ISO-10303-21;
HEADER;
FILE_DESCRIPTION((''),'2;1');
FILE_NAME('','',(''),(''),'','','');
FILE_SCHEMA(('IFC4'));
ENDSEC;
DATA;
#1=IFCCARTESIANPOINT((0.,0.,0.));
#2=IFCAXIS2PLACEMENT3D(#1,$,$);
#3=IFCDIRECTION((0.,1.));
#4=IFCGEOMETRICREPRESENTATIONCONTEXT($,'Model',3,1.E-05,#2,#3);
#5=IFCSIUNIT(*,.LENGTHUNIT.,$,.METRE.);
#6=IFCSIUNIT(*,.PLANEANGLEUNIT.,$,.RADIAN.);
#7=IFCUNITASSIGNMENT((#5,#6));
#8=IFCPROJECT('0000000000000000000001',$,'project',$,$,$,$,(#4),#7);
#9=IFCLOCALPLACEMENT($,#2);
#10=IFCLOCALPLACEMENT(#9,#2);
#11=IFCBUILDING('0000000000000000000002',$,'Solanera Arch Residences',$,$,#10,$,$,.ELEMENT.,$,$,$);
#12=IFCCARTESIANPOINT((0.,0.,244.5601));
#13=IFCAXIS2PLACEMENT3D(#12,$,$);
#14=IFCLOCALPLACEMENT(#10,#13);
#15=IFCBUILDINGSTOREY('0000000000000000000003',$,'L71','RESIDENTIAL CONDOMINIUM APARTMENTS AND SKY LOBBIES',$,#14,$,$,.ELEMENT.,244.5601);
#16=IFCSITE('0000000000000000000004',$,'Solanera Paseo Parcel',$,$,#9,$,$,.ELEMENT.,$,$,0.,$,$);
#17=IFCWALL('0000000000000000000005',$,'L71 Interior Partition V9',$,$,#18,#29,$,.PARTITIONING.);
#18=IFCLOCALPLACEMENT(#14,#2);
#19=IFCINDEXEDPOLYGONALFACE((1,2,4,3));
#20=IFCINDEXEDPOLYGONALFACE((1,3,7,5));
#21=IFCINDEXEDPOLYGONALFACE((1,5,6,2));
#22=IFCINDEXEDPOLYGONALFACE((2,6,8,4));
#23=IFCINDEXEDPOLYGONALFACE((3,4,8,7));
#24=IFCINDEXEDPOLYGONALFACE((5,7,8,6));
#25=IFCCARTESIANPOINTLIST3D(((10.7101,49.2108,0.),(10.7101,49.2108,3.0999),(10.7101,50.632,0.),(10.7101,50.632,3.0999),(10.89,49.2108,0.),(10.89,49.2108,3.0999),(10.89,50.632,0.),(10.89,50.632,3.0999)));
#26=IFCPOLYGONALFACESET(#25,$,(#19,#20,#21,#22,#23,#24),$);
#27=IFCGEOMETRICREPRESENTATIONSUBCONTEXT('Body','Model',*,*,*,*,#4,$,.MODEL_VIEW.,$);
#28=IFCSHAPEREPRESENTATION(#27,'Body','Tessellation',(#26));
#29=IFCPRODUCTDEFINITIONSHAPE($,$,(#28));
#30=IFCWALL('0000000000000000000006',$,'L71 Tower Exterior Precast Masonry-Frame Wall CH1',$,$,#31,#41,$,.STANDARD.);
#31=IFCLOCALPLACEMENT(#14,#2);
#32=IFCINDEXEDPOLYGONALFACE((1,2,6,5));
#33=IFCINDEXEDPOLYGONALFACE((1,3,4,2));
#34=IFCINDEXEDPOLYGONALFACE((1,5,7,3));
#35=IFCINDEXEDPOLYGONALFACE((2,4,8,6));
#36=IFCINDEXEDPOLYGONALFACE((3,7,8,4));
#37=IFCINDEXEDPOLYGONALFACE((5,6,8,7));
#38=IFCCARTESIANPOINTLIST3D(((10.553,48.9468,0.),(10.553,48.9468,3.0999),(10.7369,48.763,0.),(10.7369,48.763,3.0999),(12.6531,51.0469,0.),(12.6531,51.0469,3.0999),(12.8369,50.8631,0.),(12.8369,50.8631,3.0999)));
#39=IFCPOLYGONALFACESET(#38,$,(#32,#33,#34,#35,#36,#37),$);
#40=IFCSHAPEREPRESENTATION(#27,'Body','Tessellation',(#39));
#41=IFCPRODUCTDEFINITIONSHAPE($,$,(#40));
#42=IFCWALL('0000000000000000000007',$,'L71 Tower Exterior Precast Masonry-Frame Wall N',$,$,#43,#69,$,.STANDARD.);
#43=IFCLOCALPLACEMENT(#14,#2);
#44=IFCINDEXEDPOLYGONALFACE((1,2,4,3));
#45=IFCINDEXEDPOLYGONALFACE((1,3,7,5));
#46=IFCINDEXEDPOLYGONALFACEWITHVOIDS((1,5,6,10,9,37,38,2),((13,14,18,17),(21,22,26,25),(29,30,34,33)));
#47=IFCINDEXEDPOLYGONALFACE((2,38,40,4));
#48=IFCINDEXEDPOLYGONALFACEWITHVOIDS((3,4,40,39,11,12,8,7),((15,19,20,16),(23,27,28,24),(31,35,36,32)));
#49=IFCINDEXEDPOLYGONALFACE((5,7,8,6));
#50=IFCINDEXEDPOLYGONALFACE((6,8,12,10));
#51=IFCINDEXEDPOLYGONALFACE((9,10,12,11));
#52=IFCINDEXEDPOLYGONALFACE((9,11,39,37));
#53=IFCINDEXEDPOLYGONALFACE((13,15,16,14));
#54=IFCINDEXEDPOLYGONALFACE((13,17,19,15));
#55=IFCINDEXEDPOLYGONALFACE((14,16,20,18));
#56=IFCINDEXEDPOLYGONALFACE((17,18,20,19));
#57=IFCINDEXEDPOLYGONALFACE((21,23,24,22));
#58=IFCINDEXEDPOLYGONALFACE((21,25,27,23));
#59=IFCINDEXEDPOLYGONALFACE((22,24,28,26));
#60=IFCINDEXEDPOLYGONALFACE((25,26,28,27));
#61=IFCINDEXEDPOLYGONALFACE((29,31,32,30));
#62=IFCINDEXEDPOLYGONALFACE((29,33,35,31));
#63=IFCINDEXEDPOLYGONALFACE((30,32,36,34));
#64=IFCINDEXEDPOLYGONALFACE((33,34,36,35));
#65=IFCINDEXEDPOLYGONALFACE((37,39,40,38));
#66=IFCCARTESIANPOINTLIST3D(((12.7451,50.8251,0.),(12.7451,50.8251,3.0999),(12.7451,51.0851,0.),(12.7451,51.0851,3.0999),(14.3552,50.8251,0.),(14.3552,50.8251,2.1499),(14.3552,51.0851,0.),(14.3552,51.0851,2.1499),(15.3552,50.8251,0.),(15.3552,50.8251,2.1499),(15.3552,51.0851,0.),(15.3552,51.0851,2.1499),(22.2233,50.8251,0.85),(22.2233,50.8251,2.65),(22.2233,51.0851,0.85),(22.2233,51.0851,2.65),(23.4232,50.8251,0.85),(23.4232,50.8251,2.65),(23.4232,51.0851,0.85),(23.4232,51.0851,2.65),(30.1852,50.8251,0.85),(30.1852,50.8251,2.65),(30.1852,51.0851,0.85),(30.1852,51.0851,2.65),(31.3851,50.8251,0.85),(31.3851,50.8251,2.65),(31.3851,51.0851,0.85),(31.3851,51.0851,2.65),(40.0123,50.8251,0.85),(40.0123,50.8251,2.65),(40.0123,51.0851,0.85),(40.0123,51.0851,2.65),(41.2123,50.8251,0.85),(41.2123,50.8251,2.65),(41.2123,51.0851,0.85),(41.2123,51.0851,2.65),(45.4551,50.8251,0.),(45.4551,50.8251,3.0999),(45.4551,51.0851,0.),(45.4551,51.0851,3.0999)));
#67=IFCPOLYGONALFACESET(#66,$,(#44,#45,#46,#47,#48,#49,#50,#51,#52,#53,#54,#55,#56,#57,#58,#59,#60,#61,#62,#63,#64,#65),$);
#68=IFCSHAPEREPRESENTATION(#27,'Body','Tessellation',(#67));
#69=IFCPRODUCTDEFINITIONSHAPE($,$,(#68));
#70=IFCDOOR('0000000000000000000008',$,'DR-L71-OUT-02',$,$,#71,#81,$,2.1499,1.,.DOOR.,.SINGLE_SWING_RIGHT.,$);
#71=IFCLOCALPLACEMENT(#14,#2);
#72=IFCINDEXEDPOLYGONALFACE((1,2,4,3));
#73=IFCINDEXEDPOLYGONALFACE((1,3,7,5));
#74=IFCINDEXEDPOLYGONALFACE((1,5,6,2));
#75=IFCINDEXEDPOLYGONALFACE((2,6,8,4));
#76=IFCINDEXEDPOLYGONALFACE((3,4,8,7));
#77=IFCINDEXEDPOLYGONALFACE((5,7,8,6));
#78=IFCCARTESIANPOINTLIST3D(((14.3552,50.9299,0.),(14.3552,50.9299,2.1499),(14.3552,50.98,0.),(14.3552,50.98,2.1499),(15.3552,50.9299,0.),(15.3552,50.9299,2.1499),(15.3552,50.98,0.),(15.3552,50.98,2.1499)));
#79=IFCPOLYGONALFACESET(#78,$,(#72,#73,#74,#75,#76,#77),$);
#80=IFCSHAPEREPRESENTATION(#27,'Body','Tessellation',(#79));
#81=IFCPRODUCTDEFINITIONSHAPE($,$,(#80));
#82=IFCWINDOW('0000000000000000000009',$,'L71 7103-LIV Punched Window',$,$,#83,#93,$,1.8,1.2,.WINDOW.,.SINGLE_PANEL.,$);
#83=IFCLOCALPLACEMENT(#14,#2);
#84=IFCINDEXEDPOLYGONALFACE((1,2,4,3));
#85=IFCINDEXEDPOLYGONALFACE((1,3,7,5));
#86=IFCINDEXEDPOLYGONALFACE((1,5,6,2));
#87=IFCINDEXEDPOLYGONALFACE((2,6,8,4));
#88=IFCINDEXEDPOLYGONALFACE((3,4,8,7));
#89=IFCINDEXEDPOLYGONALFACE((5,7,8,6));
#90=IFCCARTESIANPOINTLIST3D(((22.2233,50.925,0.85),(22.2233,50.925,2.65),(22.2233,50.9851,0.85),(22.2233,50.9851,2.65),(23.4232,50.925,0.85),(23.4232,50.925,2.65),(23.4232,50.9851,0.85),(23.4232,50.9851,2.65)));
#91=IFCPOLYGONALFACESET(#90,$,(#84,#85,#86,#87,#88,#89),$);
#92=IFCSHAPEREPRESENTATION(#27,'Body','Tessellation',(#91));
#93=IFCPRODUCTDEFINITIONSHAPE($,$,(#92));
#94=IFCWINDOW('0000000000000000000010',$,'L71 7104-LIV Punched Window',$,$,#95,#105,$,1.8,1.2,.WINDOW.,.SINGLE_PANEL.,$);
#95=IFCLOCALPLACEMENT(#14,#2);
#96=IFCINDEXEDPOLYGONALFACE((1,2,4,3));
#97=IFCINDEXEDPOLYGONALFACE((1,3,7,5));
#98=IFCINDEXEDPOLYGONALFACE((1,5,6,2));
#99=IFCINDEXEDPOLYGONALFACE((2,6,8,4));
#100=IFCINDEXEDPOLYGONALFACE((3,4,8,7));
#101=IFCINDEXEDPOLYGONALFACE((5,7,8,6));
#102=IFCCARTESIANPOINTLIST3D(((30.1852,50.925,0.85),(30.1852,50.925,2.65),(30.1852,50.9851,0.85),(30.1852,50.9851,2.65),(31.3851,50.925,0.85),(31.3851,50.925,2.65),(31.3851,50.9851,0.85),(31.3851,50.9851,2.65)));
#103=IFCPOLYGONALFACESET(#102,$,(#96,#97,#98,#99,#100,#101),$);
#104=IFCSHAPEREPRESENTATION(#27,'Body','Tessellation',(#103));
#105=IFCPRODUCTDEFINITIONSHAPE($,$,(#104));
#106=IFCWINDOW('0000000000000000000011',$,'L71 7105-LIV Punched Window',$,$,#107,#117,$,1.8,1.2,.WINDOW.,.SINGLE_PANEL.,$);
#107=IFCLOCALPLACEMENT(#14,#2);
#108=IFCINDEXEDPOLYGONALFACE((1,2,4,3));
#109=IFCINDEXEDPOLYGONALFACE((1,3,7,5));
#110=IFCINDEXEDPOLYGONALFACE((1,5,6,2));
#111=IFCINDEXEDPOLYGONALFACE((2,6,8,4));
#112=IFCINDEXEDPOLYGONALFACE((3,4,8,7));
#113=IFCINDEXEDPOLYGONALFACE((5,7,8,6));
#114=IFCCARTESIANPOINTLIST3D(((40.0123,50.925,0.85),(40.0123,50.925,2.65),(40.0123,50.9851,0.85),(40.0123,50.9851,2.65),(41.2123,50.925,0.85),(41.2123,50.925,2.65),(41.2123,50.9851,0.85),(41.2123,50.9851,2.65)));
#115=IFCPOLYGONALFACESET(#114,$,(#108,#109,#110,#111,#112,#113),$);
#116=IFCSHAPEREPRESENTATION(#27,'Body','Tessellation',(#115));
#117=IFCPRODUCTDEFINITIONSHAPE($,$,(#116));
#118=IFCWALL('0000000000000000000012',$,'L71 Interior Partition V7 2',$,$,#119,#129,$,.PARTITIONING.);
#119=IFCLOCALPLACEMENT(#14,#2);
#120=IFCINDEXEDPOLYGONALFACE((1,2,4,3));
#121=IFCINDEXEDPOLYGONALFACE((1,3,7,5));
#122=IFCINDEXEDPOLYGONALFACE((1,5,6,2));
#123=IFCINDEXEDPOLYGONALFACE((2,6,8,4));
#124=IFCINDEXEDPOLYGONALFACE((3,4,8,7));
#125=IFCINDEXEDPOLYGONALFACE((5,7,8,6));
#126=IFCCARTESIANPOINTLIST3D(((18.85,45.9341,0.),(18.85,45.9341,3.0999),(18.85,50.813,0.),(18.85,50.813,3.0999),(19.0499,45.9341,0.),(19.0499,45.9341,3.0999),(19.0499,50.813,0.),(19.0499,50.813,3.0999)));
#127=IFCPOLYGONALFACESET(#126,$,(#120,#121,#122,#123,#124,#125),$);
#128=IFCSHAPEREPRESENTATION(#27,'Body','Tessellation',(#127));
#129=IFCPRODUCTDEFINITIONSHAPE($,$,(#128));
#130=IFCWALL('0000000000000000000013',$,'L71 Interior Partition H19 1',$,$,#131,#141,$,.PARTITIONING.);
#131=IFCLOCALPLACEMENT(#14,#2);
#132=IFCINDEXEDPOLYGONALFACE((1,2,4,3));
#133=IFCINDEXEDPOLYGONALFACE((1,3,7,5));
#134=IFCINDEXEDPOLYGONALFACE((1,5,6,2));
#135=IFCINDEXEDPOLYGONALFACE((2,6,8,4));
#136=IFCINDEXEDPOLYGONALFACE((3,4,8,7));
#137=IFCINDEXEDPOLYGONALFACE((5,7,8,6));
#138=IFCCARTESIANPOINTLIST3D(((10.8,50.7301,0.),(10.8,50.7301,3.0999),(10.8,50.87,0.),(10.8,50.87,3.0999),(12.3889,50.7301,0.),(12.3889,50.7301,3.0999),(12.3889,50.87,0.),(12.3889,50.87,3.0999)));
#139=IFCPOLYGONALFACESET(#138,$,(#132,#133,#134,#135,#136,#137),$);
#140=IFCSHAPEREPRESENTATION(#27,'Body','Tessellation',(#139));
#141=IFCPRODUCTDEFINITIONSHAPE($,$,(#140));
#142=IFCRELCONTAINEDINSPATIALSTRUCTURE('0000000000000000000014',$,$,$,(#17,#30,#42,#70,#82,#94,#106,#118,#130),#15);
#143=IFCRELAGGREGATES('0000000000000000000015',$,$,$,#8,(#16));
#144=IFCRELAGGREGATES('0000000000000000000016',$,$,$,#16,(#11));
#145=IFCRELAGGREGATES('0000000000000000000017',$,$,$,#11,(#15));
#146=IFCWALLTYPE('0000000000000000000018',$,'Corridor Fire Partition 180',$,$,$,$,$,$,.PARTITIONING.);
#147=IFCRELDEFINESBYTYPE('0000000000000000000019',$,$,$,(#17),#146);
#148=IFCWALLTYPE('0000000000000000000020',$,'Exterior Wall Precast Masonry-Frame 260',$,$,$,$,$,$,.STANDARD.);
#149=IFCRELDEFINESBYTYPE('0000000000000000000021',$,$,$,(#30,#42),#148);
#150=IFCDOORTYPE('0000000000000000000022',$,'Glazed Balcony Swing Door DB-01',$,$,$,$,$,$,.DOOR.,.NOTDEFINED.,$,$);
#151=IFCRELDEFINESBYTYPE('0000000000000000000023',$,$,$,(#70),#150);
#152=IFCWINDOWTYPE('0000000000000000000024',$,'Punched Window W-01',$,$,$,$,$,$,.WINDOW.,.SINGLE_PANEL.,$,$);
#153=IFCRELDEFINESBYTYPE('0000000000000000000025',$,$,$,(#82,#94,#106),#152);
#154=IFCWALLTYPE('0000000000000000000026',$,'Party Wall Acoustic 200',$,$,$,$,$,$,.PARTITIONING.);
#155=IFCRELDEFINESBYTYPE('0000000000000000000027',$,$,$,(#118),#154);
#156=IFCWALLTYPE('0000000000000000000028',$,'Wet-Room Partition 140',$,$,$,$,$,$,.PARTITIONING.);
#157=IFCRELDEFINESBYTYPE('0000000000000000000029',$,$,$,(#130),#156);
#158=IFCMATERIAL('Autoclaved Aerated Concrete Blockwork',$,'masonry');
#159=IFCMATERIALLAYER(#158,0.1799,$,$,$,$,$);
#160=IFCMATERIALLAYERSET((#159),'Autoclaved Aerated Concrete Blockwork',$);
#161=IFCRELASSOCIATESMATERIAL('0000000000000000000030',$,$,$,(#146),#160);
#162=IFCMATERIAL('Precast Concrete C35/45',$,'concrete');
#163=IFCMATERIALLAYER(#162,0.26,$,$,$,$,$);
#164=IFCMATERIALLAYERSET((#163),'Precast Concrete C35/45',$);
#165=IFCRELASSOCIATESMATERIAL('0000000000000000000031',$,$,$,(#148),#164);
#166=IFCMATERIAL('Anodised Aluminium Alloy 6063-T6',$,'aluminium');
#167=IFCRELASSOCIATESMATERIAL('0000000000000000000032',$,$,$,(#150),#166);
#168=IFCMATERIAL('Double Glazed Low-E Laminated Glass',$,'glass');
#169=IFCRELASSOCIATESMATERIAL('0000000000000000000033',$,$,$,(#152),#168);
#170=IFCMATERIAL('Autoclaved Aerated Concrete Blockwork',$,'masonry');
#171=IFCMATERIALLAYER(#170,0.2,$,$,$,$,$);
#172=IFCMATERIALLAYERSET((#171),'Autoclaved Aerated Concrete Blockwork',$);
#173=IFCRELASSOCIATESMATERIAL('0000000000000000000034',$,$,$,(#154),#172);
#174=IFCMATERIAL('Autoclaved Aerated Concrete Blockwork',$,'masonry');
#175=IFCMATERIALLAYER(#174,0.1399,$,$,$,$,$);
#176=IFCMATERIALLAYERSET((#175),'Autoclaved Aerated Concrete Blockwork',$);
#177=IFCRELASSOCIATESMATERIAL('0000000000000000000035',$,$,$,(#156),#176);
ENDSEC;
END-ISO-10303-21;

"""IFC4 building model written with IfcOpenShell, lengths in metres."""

from ifc_helpers import new_model, si_unit, direction, frame, frame_2d, origin, place, context, subcontext, project, spatial, rectangle, extrude, material, layer, layer_set, type_object, element, fill, save


model = new_model("IFC4")

# Units and contexts
model_context = context("Model", 3, precision=1e-05, world=origin(), true_north=direction((0.0, 1.0)))
body_context = subcontext(model_context, "Body", "Model", "MODEL_VIEW")
ifc_project = project(units=[si_unit("LENGTHUNIT", "METRE"), si_unit("PLANEANGLEUNIT", "RADIAN")], contexts=[model_context])

# Site, building, storey
site_placement = place(None, origin())
site = spatial("IfcSite", under=ifc_project, at=site_placement, Name="Solanera Paseo Parcel", CompositionType="ELEMENT", RefElevation=0.0)
building_placement = place(site_placement, origin())
building = spatial("IfcBuilding", under=site, at=building_placement, Name="Solanera Arch Residences", CompositionType="ELEMENT")
storey_placement = place(building_placement, frame((0.0, 0.0, 244.5601)))
storey = spatial("IfcBuildingStorey", under=building, at=storey_placement, Name="L71", Description="RESIDENTIAL CONDOMINIUM APARTMENTS AND SKY LOBBIES", CompositionType="ELEMENT", Elevation=244.5601)

# Walls
ifc_material_1 = material(Name="Autoclaved Aerated Concrete Blockwork", Category="masonry")
ifc_layer_1 = layer(ifc_material_1, 0.1799)
ifc_layer_set_1 = layer_set([ifc_layer_1], Name="Autoclaved Aerated Concrete Blockwork")
wall_type_1 = type_object("IfcWallType", Name="Corridor Fire Partition 180", PredefinedType="PARTITIONING", material=ifc_layer_set_1)
wall_1_placement = place(storey_placement, frame((10.8, 49.2109, 0.0), z_axis=(0.0, 0.0, 1.0), x_axis=(0.0, 1.0, 0.0)))
element("IfcWall", 1, at=wall_1_placement, inside=storey, type_object=wall_type_1, Name="L71 Interior Partition V9", PredefinedType="PARTITIONING", context=body_context, shape_type="SweptSolid", body=[
    extrude(rectangle(XDim=1.4211, YDim=0.1799, at=frame_2d((0.7104, 0.0))), origin(), (0.0, 0.0, 1.0), 3.0999),
])
ifc_material_2 = material(Name="Precast Concrete C35/45", Category="concrete")
ifc_layer_2 = layer(ifc_material_2, 0.26)
ifc_layer_set_2 = layer_set([ifc_layer_2], Name="Precast Concrete C35/45")
wall_type_2 = type_object("IfcWallType", Name="Exterior Wall Precast Masonry-Frame 260", PredefinedType="STANDARD", material=ifc_layer_set_2)
wall_2_placement = place(storey_placement, frame((10.645, 48.855, 0.0), z_axis=(0.0, 0.0, 1.0), x_axis=(0.707107, 0.707107, 0.0)))
element("IfcWall", 2, at=wall_2_placement, inside=storey, type_object=wall_type_2, Name="L71 Tower Exterior Precast Masonry-Frame Wall CH1", PredefinedType="STANDARD", context=body_context, shape_type="SweptSolid", body=[
    extrude(rectangle(XDim=2.97, YDim=0.26, at=frame_2d((1.4849, 0.0))), origin(), (0.0, 0.0, 1.0), 3.0999),
])

# Wall, openings, door, windows
wall_3_placement = place(storey_placement, frame((12.7451, 50.9551, 0.0), z_axis=(0.0, 0.0, 1.0), x_axis=(1.0, 0.0, 0.0)))
wall_3 = element("IfcWall", 3, at=wall_3_placement, inside=storey, type_object=wall_type_2, Name="L71 Tower Exterior Precast Masonry-Frame Wall N", PredefinedType="STANDARD", context=body_context, shape_type="SweptSolid", body=[
    extrude(rectangle(XDim=32.71, YDim=0.26, at=frame_2d((16.355, 0.0))), origin(), (0.0, 0.0, 1.0), 3.0999),
])
opening_1_placement = place(wall_3_placement, frame((1.6101, 0.0, 0.0)))
opening_1 = element("IfcOpeningElement", 4, at=opening_1_placement, cuts=wall_3, PredefinedType="OPENING", context=body_context, shape_type="SweptSolid", body=[
    extrude(rectangle(XDim=1.0, YDim=2.1499, at=frame_2d((0.5, 1.075))), frame((0.0, 0.1399, 0.0), z_axis=(0.0, -1.0, 0.0), x_axis=(1.0, 0.0, 0.0)), (0.0, 0.0, 1.0), 0.28),
])
opening_2_placement = place(wall_3_placement, frame((9.478, 0.0, 0.8501)))
opening_2 = element("IfcOpeningElement", 5, at=opening_2_placement, cuts=wall_3, PredefinedType="OPENING", context=body_context, shape_type="SweptSolid", body=[
    extrude(rectangle(XDim=1.2, YDim=1.8, at=frame_2d((0.6001, 0.8999))), frame((0.0, 0.1399, 0.0), z_axis=(0.0, -1.0, 0.0), x_axis=(1.0, 0.0, 0.0)), (0.0, 0.0, 1.0), 0.28),
])
opening_3_placement = place(wall_3_placement, frame((17.4399, 0.0, 0.8501)))
opening_3 = element("IfcOpeningElement", 6, at=opening_3_placement, cuts=wall_3, PredefinedType="OPENING", context=body_context, shape_type="SweptSolid", body=[
    extrude(rectangle(XDim=1.2, YDim=1.8, at=frame_2d((0.6001, 0.8999))), frame((0.0, 0.1399, 0.0), z_axis=(0.0, -1.0, 0.0), x_axis=(1.0, 0.0, 0.0)), (0.0, 0.0, 1.0), 0.28),
])
opening_4_placement = place(wall_3_placement, frame((27.2671, 0.0, 0.8501)))
opening_4 = element("IfcOpeningElement", 7, at=opening_4_placement, cuts=wall_3, PredefinedType="OPENING", context=body_context, shape_type="SweptSolid", body=[
    extrude(rectangle(XDim=1.2, YDim=1.8, at=frame_2d((0.6001, 0.8999))), frame((0.0, 0.1399, 0.0), z_axis=(0.0, -1.0, 0.0), x_axis=(1.0, 0.0, 0.0)), (0.0, 0.0, 1.0), 0.28),
])
ifc_material_3 = material(Name="Anodised Aluminium Alloy 6063-T6", Category="aluminium")
door_type = type_object("IfcDoorType", Name="Glazed Balcony Swing Door DB-01", OperationType="NOTDEFINED", PredefinedType="DOOR", material=ifc_material_3)
door_placement = place(opening_1_placement, origin())
door = element("IfcDoor", 8, at=door_placement, inside=storey, type_object=door_type, Name="DR-L71-OUT-02", OperationType="SINGLE_SWING_RIGHT", OverallHeight=2.1499, OverallWidth=1.0, PredefinedType="DOOR", context=body_context, shape_type="SweptSolid", body=[
    extrude(rectangle(XDim=1.0, YDim=2.1499, at=frame_2d((0.5, 1.075))), frame((0.0, 0.0249, 0.0), z_axis=(0.0, -1.0, 0.0), x_axis=(1.0, 0.0, 0.0)), (0.0, 0.0, 1.0), 0.05),
])
fill(opening_1, door)
ifc_material_4 = material(Name="Double Glazed Low-E Laminated Glass", Category="glass")
window_type = type_object("IfcWindowType", Name="Punched Window W-01", PartitioningType="SINGLE_PANEL", PredefinedType="WINDOW", material=ifc_material_4)
window_1_placement = place(opening_2_placement, origin())
window_1 = element("IfcWindow", 9, at=window_1_placement, inside=storey, type_object=window_type, Name="L71 7103-LIV Punched Window", OverallHeight=1.8, OverallWidth=1.2, PartitioningType="SINGLE_PANEL", PredefinedType="WINDOW", context=body_context, shape_type="SweptSolid", body=[
    extrude(rectangle(XDim=1.2, YDim=1.8, at=frame_2d((0.6001, 0.8999))), frame((0.0, 0.03, 0.0), z_axis=(0.0, -1.0, 0.0), x_axis=(1.0, 0.0, 0.0)), (0.0, 0.0, 1.0), 0.0601),
])
fill(opening_2, window_1)
window_2_placement = place(opening_3_placement, origin())
window_2 = element("IfcWindow", 10, at=window_2_placement, inside=storey, type_object=window_type, Name="L71 7104-LIV Punched Window", OverallHeight=1.8, OverallWidth=1.2, PartitioningType="SINGLE_PANEL", PredefinedType="WINDOW", context=body_context, shape_type="SweptSolid", body=[
    extrude(rectangle(XDim=1.2, YDim=1.8, at=frame_2d((0.6001, 0.8999))), frame((0.0, 0.03, 0.0), z_axis=(0.0, -1.0, 0.0), x_axis=(1.0, 0.0, 0.0)), (0.0, 0.0, 1.0), 0.0601),
])
fill(opening_3, window_2)
window_3_placement = place(opening_4_placement, origin())
window_3 = element("IfcWindow", 11, at=window_3_placement, inside=storey, type_object=window_type, Name="L71 7105-LIV Punched Window", OverallHeight=1.8, OverallWidth=1.2, PartitioningType="SINGLE_PANEL", PredefinedType="WINDOW", context=body_context, shape_type="SweptSolid", body=[
    extrude(rectangle(XDim=1.2, YDim=1.8, at=frame_2d((0.6001, 0.8999))), frame((0.0, 0.03, 0.0), z_axis=(0.0, -1.0, 0.0), x_axis=(1.0, 0.0, 0.0)), (0.0, 0.0, 1.0), 0.0601),
])
fill(opening_4, window_3)

# Walls
ifc_material_5 = material(Name="Autoclaved Aerated Concrete Blockwork", Category="masonry")
ifc_layer_3 = layer(ifc_material_5, 0.2)
ifc_layer_set_3 = layer_set([ifc_layer_3], Name="Autoclaved Aerated Concrete Blockwork")
wall_type_3 = type_object("IfcWallType", Name="Party Wall Acoustic 200", PredefinedType="PARTITIONING", material=ifc_layer_set_3)
wall_4_placement = place(storey_placement, frame((18.95, 45.9341, 0.0), z_axis=(0.0, 0.0, 1.0), x_axis=(0.0, 1.0, 0.0)))
element("IfcWall", 12, at=wall_4_placement, inside=storey, type_object=wall_type_3, Name="L71 Interior Partition V7 2", PredefinedType="PARTITIONING", context=body_context, shape_type="SweptSolid", body=[
    extrude(rectangle(XDim=4.8789, YDim=0.2, at=frame_2d((2.4395, 0.0))), origin(), (0.0, 0.0, 1.0), 3.0999),
])
ifc_material_6 = material(Name="Autoclaved Aerated Concrete Blockwork", Category="masonry")
ifc_layer_4 = layer(ifc_material_6, 0.1399)
ifc_layer_set_4 = layer_set([ifc_layer_4], Name="Autoclaved Aerated Concrete Blockwork")
wall_type_4 = type_object("IfcWallType", Name="Wet-Room Partition 140", PredefinedType="PARTITIONING", material=ifc_layer_set_4)
wall_5_placement = place(storey_placement, frame((10.8, 50.8, 0.0), z_axis=(0.0, 0.0, 1.0), x_axis=(1.0, 0.0, 0.0)))
element("IfcWall", 13, at=wall_5_placement, inside=storey, type_object=wall_type_4, Name="L71 Interior Partition H19 1", PredefinedType="PARTITIONING", context=body_context, shape_type="SweptSolid", body=[
    extrude(rectangle(XDim=1.5889, YDim=0.1399, at=frame_2d((0.7944, 0.0))), origin(), (0.0, 0.0, 1.0), 3.0999),
])

save(model, "model.ifc")
